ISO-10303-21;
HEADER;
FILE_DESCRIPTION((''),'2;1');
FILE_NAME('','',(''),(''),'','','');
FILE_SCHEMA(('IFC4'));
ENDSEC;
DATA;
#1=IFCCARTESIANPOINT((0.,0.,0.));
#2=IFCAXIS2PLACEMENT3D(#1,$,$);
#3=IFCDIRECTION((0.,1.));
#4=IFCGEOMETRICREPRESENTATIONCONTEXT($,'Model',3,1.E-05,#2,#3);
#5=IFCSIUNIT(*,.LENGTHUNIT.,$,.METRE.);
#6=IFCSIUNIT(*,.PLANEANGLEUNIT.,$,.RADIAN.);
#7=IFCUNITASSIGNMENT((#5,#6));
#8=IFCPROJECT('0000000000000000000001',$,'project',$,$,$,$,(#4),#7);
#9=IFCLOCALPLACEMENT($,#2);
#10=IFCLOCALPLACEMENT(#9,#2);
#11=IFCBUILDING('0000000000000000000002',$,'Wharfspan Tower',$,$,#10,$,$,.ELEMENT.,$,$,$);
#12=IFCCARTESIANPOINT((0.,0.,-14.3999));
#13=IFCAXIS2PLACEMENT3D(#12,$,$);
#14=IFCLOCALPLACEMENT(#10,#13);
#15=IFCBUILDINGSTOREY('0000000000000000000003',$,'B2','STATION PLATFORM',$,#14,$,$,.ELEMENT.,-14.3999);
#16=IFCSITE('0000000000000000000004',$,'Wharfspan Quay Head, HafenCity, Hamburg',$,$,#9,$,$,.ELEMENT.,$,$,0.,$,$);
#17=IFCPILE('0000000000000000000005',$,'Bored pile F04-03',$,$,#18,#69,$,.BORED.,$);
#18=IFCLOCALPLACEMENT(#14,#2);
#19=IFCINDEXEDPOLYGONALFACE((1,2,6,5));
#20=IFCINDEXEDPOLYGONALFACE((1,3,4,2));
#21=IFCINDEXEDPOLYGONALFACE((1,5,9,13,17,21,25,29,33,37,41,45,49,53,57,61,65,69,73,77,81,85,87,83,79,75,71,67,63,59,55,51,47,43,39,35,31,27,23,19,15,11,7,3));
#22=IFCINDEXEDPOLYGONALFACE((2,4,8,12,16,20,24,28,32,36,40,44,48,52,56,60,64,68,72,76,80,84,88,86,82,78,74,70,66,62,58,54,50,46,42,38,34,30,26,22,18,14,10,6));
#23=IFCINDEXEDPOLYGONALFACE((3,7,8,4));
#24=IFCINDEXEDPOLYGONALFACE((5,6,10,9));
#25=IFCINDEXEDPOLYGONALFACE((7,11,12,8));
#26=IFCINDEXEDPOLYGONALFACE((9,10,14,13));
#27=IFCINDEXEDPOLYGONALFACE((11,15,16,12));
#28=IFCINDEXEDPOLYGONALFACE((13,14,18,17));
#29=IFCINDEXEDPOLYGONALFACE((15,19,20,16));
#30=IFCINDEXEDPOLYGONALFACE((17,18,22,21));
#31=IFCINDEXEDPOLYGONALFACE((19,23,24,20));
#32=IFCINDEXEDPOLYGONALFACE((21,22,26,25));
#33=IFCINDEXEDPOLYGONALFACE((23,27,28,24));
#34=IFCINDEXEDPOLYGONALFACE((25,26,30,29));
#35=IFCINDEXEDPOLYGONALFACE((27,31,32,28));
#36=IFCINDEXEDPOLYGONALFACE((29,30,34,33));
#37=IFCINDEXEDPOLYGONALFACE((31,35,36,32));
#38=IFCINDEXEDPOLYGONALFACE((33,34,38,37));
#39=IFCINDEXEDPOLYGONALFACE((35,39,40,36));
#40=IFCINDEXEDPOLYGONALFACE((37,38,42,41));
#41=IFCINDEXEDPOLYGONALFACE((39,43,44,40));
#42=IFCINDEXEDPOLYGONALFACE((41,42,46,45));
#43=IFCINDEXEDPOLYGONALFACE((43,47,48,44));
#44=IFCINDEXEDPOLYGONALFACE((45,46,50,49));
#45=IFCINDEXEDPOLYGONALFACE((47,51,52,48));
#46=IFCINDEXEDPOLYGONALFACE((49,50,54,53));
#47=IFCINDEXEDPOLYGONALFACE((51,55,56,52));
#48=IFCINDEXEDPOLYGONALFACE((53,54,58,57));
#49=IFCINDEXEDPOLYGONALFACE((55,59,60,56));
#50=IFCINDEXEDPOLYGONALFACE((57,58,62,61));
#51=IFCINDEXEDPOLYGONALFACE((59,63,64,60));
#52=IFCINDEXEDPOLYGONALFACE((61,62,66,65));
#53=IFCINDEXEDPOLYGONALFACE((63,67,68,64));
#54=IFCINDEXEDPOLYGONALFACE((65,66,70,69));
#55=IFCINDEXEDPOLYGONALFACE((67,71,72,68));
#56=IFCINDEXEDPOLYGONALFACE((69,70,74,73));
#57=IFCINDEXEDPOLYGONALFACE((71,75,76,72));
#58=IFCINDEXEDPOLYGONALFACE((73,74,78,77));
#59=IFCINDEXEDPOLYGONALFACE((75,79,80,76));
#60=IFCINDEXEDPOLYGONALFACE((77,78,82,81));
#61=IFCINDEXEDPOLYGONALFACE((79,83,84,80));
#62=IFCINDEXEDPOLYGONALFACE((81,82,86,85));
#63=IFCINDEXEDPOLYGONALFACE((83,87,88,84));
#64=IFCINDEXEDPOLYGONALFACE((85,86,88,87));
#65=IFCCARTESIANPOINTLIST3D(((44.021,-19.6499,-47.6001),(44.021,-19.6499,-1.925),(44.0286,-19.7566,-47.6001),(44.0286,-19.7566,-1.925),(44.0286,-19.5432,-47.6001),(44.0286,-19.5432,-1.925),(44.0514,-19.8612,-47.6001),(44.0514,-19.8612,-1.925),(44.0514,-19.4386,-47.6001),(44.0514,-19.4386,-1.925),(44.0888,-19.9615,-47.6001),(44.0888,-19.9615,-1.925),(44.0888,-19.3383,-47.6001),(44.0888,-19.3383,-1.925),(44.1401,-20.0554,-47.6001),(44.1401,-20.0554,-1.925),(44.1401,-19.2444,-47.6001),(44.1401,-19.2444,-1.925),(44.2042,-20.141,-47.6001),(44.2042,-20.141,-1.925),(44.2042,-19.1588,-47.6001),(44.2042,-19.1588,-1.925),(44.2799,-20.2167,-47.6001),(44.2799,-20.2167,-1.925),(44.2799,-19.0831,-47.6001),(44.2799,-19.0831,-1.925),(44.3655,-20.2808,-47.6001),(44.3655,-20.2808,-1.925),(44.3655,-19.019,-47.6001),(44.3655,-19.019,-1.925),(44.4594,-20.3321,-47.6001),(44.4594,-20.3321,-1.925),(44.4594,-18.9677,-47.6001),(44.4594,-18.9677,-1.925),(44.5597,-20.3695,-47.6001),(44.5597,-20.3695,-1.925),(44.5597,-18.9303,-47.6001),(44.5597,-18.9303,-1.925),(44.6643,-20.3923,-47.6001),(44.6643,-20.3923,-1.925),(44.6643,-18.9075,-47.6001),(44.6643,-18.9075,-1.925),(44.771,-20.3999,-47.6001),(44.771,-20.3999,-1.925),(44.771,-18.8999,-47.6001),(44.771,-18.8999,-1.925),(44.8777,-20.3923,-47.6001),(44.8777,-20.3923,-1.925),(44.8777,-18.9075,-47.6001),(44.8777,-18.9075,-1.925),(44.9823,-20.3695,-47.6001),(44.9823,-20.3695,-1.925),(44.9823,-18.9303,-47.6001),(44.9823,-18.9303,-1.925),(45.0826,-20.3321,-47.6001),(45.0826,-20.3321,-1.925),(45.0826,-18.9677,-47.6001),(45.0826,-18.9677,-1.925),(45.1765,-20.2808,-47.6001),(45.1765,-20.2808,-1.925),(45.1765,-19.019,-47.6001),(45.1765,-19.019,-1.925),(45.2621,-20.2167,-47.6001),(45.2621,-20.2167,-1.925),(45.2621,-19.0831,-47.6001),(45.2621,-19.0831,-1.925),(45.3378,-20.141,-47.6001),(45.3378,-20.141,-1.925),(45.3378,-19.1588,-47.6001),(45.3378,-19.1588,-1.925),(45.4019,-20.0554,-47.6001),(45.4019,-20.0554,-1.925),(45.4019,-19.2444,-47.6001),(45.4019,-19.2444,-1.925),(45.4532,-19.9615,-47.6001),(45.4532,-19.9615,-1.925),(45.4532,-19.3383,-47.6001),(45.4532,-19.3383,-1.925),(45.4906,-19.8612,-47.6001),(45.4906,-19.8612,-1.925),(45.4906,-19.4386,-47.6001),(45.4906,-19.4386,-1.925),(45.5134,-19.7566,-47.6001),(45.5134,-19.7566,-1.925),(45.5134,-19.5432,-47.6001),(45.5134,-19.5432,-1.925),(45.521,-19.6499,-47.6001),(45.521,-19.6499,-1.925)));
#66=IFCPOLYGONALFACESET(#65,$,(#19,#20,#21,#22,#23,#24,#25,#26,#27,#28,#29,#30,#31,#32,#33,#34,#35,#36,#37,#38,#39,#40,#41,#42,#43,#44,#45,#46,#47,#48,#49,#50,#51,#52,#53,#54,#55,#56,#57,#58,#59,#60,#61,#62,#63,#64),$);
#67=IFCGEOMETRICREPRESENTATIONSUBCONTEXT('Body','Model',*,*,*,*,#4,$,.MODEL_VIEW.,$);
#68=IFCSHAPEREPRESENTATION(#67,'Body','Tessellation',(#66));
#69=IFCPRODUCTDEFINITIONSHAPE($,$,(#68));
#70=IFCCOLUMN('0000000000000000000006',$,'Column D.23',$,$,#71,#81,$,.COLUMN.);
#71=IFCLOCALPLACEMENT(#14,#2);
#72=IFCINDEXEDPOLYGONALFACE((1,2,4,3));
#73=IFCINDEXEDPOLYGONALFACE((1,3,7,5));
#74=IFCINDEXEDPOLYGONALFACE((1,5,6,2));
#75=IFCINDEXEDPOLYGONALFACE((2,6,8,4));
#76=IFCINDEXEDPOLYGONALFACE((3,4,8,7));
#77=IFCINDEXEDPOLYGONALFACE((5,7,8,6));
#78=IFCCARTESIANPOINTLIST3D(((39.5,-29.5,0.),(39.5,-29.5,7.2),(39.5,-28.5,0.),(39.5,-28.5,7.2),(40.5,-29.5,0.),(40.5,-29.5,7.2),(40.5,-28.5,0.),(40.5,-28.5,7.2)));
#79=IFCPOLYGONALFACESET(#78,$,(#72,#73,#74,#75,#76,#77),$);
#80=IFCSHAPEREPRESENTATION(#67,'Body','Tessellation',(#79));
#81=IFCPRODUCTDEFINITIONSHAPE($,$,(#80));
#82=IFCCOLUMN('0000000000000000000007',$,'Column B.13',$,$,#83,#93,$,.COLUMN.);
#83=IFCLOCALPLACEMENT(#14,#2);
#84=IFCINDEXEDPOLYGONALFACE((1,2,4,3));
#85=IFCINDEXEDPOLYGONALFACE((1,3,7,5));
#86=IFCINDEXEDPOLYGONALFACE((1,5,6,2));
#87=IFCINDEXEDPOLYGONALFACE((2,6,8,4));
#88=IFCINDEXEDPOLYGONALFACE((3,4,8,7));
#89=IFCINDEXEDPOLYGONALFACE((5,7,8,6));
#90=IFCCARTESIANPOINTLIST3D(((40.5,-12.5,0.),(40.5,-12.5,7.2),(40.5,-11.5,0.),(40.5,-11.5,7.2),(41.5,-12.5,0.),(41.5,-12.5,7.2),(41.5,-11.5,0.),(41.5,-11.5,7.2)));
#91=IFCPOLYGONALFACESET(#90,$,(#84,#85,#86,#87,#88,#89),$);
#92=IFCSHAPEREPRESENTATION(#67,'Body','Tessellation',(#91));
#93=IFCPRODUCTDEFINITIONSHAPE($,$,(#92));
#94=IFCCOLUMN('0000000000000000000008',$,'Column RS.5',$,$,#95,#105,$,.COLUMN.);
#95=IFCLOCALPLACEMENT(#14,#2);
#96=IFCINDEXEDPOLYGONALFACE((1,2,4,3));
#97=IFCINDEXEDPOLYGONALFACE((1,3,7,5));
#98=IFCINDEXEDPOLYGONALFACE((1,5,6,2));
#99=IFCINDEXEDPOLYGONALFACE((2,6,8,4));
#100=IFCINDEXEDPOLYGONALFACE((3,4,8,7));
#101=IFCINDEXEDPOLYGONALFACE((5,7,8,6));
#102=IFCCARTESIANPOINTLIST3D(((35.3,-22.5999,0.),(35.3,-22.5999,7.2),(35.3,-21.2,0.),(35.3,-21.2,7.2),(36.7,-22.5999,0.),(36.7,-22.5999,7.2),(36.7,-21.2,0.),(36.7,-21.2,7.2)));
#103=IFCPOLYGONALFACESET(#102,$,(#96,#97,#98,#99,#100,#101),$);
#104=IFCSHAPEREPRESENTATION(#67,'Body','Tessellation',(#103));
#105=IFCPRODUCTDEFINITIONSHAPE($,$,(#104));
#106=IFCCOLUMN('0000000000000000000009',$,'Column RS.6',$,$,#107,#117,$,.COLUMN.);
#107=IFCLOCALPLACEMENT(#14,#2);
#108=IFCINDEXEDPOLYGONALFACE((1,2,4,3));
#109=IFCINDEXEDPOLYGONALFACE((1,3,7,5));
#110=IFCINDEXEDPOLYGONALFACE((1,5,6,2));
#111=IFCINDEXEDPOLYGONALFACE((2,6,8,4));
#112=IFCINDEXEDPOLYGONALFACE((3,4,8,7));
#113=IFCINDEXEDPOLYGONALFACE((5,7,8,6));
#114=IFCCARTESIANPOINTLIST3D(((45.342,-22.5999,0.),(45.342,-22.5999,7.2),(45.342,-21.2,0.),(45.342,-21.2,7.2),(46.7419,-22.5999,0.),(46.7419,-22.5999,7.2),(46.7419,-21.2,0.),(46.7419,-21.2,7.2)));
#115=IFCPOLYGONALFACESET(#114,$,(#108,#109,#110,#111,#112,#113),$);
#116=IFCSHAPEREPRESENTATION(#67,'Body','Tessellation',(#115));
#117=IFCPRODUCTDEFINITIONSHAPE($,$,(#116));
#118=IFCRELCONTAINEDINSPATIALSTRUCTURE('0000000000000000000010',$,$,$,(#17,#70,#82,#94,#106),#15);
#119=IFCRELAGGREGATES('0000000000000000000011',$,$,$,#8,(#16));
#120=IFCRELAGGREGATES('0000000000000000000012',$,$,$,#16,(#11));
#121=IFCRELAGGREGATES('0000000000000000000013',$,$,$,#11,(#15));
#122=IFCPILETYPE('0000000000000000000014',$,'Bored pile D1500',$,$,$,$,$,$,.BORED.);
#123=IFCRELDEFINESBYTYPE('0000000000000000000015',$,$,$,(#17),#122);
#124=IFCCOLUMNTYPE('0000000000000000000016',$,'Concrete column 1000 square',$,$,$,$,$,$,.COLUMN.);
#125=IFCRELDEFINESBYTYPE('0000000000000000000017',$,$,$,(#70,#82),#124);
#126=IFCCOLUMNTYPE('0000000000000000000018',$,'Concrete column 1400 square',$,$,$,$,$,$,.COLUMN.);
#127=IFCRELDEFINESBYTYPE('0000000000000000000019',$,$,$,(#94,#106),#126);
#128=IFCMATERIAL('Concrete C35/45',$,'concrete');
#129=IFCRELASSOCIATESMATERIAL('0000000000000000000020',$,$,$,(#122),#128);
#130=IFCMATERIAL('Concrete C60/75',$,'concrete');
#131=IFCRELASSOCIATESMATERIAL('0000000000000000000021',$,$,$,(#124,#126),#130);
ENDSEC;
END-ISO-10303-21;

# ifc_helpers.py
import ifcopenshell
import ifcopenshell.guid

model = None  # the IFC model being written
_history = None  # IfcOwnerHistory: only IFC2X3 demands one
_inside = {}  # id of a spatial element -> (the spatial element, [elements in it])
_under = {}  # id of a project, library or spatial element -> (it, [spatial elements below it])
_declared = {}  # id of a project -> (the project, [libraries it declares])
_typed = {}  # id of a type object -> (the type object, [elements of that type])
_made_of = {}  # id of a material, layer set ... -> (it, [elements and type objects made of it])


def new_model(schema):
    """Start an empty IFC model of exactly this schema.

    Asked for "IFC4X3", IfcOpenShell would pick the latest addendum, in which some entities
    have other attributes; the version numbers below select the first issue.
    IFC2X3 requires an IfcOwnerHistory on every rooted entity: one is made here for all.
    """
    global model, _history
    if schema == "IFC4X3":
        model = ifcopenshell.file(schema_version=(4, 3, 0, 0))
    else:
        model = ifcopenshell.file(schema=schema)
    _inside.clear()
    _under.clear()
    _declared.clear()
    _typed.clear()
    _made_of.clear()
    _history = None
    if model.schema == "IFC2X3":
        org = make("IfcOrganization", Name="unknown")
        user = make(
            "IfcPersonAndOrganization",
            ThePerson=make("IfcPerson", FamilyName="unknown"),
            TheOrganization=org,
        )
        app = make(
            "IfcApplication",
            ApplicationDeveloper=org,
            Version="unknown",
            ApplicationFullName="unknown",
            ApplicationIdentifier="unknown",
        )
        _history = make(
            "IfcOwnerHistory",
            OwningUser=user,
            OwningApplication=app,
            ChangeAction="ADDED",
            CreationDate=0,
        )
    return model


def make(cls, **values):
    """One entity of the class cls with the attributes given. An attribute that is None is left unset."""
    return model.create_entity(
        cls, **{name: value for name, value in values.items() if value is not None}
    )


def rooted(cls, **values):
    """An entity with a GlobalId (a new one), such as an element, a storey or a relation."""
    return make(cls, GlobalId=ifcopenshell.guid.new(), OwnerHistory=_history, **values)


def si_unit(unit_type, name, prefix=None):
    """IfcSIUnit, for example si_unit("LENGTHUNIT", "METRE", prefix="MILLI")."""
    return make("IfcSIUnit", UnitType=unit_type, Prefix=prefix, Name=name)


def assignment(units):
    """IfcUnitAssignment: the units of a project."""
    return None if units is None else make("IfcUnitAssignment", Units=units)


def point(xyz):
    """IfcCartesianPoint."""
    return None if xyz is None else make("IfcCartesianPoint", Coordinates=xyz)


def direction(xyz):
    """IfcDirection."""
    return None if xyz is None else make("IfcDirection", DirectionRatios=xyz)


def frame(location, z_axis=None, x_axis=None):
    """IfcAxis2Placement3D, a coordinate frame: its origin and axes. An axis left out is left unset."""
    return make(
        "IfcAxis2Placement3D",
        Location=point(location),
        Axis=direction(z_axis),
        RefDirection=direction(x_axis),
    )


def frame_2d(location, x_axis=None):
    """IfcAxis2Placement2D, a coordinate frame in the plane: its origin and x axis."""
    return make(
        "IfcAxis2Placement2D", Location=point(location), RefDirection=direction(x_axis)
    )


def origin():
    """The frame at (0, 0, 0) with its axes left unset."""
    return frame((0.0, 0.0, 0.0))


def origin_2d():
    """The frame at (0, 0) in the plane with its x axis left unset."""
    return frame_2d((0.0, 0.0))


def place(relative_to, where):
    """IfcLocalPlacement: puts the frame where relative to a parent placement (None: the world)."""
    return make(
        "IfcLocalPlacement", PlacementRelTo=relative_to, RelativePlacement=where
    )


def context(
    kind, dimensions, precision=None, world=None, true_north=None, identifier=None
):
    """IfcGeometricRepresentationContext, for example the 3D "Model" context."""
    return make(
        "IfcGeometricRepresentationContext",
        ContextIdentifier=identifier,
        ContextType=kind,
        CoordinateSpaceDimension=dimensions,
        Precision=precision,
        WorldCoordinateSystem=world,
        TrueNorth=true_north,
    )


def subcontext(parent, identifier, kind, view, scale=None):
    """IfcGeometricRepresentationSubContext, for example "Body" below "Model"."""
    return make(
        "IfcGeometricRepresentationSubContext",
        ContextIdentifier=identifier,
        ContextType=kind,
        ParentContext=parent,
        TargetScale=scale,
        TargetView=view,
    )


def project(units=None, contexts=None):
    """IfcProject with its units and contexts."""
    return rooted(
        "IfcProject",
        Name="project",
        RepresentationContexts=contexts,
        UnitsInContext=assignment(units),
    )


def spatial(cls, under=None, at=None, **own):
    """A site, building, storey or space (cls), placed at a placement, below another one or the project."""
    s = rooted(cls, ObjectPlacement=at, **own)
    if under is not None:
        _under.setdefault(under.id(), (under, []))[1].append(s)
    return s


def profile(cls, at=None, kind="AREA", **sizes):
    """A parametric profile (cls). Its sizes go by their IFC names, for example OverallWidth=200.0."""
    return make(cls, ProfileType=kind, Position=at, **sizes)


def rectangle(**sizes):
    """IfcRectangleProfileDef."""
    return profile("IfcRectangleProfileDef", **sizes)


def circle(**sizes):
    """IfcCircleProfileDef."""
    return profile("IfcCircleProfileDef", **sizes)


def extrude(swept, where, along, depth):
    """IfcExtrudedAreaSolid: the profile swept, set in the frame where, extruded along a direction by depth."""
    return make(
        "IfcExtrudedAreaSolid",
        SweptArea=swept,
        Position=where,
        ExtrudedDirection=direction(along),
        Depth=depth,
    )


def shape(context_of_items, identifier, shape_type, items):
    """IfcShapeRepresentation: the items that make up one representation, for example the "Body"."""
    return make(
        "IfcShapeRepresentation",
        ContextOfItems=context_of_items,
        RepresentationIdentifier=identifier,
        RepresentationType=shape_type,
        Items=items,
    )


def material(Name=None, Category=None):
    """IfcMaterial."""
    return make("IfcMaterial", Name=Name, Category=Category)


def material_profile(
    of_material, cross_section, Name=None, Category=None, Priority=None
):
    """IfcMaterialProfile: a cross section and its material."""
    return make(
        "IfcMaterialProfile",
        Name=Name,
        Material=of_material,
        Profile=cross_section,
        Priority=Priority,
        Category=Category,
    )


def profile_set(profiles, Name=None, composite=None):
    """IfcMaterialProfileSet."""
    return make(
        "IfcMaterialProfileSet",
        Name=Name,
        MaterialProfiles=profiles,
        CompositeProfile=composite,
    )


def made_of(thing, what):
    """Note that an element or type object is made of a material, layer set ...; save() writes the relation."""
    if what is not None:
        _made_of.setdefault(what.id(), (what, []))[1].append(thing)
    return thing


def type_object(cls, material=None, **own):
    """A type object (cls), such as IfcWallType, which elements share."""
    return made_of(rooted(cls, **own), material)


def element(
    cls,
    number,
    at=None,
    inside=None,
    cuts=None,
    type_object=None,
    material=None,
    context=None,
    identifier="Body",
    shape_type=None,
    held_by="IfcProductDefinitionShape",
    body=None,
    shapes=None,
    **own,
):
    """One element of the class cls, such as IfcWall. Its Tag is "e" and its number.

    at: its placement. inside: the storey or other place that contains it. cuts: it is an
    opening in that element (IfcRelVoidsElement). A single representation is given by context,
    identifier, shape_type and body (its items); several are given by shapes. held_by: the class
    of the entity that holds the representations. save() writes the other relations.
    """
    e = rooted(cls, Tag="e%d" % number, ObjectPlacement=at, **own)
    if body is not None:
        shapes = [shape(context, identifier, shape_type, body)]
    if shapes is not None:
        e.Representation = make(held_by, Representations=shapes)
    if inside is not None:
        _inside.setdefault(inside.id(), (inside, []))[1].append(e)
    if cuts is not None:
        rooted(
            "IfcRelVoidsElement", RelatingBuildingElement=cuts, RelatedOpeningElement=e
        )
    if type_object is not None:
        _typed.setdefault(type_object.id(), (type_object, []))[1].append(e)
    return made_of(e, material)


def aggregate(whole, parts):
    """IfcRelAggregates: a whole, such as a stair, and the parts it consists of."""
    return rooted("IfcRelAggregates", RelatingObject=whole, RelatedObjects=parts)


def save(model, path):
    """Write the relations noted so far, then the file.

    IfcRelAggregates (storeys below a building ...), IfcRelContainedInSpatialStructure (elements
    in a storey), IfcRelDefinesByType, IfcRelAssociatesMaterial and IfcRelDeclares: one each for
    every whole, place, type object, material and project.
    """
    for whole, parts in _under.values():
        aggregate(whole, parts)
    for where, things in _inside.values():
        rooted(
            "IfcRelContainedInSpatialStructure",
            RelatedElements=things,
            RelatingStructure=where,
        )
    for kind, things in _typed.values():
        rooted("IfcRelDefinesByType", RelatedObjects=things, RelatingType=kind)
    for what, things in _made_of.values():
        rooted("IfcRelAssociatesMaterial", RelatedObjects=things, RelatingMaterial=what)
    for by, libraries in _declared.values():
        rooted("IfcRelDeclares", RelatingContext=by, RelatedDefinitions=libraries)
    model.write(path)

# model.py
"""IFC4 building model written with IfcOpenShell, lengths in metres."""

from ifc_helpers import new_model, si_unit, direction, frame, origin, origin_2d, place, context, subcontext, project, spatial, rectangle, circle, extrude, material, material_profile, profile_set, type_object, element, save


model = new_model("IFC4")

# Units and contexts
model_context = context("Model", 3, precision=1e-05, world=origin(), true_north=direction((0.0, 1.0)))
body_context = subcontext(model_context, "Body", "Model", "MODEL_VIEW")
ifc_project = project(units=[si_unit("LENGTHUNIT", "METRE"), si_unit("PLANEANGLEUNIT", "RADIAN")], contexts=[model_context])

# Site, building, storey
site_placement = place(None, origin())
site = spatial("IfcSite", under=ifc_project, at=site_placement, Name="Wharfspan Quay Head, HafenCity, Hamburg", CompositionType="ELEMENT", RefElevation=0.0)
building_placement = place(site_placement, origin())
building = spatial("IfcBuilding", under=site, at=building_placement, Name="Wharfspan Tower", CompositionType="ELEMENT")
storey_placement = place(building_placement, frame((0.0, 0.0, -14.3999)))
storey = spatial("IfcBuildingStorey", under=building, at=storey_placement, Name="B2", Description="STATION PLATFORM", CompositionType="ELEMENT", Elevation=-14.3999)

# Pile
ifc_material_1 = material(Name="Concrete C35/45", Category="concrete")
ifc_material_profile_1 = material_profile(ifc_material_1, circle(Radius=0.75, at=origin_2d()))
ifc_profile_set_1 = profile_set([ifc_material_profile_1], Name="Concrete C35/45")
pile_type = type_object("IfcPileType", Name="Bored pile D1500", PredefinedType="BORED", material=ifc_profile_set_1)
for number, where, z_axis, x_axis, name in (
    (1, (44.771, -19.6499, -1.925), (0.0, 0.0, -1.0), (1.0, 0.0, 0.0), "Bored pile F04-03"),
):
    element("IfcPile", number, at=place(storey_placement, frame(where, z_axis=z_axis, x_axis=x_axis)), inside=storey, type_object=pile_type, Name=name, PredefinedType="BORED", context=body_context, shape_type="SweptSolid", body=[
        extrude(circle(Radius=0.75, at=origin_2d()), origin(), (0.0, 0.0, 1.0), 45.675),
    ])

# Columns
ifc_material_2 = material(Name="Concrete C60/75", Category="concrete")
ifc_material_profile_2 = material_profile(ifc_material_2, rectangle(XDim=1.0, YDim=1.0, at=origin_2d()))
ifc_profile_set_2 = profile_set([ifc_material_profile_2], Name="Concrete C60/75")
column_type_1 = type_object("IfcColumnType", Name="Concrete column 1000 square", PredefinedType="COLUMN", material=ifc_profile_set_2)
for number, where, z_axis, x_axis, name in (
    (2, (40.0, -29.0, 0.0), (0.0, 0.0, 1.0), (1.0, 0.0, 0.0), "Column D.23"),
    (3, (41.0, -12.0, 0.0), (0.0, 0.0, 1.0), (1.0, 0.0, 0.0), "Column B.13"),
):
    element("IfcColumn", number, at=place(storey_placement, frame(where, z_axis=z_axis, x_axis=x_axis)), inside=storey, type_object=column_type_1, Name=name, PredefinedType="COLUMN", context=body_context, shape_type="SweptSolid", body=[
        extrude(rectangle(XDim=1.0, YDim=1.0, at=origin_2d()), origin(), (0.0, 0.0, 1.0), 7.2),
    ])
ifc_material_profile_3 = material_profile(ifc_material_2, rectangle(XDim=1.3999, YDim=1.3999, at=origin_2d()))
ifc_profile_set_3 = profile_set([ifc_material_profile_3], Name="Concrete C60/75")
column_type_2 = type_object("IfcColumnType", Name="Concrete column 1400 square", PredefinedType="COLUMN", material=ifc_profile_set_3)
for number, where, z_axis, x_axis, name in (
    (4, (36.0, -21.8999, 0.0), (0.0, 0.0, 1.0), (1.0, 0.0, 0.0), "Column RS.5"),
    (5, (46.042, -21.8999, 0.0), (0.0, 0.0, 1.0), (1.0, 0.0, 0.0), "Column RS.6"),
):
    element("IfcColumn", number, at=place(storey_placement, frame(where, z_axis=z_axis, x_axis=x_axis)), inside=storey, type_object=column_type_2, Name=name, PredefinedType="COLUMN", context=body_context, shape_type="SweptSolid", body=[
        extrude(rectangle(XDim=1.3999, YDim=1.3999, at=origin_2d()), origin(), (0.0, 0.0, 1.0), 7.2),
    ])

save(model, "model.ifc")
